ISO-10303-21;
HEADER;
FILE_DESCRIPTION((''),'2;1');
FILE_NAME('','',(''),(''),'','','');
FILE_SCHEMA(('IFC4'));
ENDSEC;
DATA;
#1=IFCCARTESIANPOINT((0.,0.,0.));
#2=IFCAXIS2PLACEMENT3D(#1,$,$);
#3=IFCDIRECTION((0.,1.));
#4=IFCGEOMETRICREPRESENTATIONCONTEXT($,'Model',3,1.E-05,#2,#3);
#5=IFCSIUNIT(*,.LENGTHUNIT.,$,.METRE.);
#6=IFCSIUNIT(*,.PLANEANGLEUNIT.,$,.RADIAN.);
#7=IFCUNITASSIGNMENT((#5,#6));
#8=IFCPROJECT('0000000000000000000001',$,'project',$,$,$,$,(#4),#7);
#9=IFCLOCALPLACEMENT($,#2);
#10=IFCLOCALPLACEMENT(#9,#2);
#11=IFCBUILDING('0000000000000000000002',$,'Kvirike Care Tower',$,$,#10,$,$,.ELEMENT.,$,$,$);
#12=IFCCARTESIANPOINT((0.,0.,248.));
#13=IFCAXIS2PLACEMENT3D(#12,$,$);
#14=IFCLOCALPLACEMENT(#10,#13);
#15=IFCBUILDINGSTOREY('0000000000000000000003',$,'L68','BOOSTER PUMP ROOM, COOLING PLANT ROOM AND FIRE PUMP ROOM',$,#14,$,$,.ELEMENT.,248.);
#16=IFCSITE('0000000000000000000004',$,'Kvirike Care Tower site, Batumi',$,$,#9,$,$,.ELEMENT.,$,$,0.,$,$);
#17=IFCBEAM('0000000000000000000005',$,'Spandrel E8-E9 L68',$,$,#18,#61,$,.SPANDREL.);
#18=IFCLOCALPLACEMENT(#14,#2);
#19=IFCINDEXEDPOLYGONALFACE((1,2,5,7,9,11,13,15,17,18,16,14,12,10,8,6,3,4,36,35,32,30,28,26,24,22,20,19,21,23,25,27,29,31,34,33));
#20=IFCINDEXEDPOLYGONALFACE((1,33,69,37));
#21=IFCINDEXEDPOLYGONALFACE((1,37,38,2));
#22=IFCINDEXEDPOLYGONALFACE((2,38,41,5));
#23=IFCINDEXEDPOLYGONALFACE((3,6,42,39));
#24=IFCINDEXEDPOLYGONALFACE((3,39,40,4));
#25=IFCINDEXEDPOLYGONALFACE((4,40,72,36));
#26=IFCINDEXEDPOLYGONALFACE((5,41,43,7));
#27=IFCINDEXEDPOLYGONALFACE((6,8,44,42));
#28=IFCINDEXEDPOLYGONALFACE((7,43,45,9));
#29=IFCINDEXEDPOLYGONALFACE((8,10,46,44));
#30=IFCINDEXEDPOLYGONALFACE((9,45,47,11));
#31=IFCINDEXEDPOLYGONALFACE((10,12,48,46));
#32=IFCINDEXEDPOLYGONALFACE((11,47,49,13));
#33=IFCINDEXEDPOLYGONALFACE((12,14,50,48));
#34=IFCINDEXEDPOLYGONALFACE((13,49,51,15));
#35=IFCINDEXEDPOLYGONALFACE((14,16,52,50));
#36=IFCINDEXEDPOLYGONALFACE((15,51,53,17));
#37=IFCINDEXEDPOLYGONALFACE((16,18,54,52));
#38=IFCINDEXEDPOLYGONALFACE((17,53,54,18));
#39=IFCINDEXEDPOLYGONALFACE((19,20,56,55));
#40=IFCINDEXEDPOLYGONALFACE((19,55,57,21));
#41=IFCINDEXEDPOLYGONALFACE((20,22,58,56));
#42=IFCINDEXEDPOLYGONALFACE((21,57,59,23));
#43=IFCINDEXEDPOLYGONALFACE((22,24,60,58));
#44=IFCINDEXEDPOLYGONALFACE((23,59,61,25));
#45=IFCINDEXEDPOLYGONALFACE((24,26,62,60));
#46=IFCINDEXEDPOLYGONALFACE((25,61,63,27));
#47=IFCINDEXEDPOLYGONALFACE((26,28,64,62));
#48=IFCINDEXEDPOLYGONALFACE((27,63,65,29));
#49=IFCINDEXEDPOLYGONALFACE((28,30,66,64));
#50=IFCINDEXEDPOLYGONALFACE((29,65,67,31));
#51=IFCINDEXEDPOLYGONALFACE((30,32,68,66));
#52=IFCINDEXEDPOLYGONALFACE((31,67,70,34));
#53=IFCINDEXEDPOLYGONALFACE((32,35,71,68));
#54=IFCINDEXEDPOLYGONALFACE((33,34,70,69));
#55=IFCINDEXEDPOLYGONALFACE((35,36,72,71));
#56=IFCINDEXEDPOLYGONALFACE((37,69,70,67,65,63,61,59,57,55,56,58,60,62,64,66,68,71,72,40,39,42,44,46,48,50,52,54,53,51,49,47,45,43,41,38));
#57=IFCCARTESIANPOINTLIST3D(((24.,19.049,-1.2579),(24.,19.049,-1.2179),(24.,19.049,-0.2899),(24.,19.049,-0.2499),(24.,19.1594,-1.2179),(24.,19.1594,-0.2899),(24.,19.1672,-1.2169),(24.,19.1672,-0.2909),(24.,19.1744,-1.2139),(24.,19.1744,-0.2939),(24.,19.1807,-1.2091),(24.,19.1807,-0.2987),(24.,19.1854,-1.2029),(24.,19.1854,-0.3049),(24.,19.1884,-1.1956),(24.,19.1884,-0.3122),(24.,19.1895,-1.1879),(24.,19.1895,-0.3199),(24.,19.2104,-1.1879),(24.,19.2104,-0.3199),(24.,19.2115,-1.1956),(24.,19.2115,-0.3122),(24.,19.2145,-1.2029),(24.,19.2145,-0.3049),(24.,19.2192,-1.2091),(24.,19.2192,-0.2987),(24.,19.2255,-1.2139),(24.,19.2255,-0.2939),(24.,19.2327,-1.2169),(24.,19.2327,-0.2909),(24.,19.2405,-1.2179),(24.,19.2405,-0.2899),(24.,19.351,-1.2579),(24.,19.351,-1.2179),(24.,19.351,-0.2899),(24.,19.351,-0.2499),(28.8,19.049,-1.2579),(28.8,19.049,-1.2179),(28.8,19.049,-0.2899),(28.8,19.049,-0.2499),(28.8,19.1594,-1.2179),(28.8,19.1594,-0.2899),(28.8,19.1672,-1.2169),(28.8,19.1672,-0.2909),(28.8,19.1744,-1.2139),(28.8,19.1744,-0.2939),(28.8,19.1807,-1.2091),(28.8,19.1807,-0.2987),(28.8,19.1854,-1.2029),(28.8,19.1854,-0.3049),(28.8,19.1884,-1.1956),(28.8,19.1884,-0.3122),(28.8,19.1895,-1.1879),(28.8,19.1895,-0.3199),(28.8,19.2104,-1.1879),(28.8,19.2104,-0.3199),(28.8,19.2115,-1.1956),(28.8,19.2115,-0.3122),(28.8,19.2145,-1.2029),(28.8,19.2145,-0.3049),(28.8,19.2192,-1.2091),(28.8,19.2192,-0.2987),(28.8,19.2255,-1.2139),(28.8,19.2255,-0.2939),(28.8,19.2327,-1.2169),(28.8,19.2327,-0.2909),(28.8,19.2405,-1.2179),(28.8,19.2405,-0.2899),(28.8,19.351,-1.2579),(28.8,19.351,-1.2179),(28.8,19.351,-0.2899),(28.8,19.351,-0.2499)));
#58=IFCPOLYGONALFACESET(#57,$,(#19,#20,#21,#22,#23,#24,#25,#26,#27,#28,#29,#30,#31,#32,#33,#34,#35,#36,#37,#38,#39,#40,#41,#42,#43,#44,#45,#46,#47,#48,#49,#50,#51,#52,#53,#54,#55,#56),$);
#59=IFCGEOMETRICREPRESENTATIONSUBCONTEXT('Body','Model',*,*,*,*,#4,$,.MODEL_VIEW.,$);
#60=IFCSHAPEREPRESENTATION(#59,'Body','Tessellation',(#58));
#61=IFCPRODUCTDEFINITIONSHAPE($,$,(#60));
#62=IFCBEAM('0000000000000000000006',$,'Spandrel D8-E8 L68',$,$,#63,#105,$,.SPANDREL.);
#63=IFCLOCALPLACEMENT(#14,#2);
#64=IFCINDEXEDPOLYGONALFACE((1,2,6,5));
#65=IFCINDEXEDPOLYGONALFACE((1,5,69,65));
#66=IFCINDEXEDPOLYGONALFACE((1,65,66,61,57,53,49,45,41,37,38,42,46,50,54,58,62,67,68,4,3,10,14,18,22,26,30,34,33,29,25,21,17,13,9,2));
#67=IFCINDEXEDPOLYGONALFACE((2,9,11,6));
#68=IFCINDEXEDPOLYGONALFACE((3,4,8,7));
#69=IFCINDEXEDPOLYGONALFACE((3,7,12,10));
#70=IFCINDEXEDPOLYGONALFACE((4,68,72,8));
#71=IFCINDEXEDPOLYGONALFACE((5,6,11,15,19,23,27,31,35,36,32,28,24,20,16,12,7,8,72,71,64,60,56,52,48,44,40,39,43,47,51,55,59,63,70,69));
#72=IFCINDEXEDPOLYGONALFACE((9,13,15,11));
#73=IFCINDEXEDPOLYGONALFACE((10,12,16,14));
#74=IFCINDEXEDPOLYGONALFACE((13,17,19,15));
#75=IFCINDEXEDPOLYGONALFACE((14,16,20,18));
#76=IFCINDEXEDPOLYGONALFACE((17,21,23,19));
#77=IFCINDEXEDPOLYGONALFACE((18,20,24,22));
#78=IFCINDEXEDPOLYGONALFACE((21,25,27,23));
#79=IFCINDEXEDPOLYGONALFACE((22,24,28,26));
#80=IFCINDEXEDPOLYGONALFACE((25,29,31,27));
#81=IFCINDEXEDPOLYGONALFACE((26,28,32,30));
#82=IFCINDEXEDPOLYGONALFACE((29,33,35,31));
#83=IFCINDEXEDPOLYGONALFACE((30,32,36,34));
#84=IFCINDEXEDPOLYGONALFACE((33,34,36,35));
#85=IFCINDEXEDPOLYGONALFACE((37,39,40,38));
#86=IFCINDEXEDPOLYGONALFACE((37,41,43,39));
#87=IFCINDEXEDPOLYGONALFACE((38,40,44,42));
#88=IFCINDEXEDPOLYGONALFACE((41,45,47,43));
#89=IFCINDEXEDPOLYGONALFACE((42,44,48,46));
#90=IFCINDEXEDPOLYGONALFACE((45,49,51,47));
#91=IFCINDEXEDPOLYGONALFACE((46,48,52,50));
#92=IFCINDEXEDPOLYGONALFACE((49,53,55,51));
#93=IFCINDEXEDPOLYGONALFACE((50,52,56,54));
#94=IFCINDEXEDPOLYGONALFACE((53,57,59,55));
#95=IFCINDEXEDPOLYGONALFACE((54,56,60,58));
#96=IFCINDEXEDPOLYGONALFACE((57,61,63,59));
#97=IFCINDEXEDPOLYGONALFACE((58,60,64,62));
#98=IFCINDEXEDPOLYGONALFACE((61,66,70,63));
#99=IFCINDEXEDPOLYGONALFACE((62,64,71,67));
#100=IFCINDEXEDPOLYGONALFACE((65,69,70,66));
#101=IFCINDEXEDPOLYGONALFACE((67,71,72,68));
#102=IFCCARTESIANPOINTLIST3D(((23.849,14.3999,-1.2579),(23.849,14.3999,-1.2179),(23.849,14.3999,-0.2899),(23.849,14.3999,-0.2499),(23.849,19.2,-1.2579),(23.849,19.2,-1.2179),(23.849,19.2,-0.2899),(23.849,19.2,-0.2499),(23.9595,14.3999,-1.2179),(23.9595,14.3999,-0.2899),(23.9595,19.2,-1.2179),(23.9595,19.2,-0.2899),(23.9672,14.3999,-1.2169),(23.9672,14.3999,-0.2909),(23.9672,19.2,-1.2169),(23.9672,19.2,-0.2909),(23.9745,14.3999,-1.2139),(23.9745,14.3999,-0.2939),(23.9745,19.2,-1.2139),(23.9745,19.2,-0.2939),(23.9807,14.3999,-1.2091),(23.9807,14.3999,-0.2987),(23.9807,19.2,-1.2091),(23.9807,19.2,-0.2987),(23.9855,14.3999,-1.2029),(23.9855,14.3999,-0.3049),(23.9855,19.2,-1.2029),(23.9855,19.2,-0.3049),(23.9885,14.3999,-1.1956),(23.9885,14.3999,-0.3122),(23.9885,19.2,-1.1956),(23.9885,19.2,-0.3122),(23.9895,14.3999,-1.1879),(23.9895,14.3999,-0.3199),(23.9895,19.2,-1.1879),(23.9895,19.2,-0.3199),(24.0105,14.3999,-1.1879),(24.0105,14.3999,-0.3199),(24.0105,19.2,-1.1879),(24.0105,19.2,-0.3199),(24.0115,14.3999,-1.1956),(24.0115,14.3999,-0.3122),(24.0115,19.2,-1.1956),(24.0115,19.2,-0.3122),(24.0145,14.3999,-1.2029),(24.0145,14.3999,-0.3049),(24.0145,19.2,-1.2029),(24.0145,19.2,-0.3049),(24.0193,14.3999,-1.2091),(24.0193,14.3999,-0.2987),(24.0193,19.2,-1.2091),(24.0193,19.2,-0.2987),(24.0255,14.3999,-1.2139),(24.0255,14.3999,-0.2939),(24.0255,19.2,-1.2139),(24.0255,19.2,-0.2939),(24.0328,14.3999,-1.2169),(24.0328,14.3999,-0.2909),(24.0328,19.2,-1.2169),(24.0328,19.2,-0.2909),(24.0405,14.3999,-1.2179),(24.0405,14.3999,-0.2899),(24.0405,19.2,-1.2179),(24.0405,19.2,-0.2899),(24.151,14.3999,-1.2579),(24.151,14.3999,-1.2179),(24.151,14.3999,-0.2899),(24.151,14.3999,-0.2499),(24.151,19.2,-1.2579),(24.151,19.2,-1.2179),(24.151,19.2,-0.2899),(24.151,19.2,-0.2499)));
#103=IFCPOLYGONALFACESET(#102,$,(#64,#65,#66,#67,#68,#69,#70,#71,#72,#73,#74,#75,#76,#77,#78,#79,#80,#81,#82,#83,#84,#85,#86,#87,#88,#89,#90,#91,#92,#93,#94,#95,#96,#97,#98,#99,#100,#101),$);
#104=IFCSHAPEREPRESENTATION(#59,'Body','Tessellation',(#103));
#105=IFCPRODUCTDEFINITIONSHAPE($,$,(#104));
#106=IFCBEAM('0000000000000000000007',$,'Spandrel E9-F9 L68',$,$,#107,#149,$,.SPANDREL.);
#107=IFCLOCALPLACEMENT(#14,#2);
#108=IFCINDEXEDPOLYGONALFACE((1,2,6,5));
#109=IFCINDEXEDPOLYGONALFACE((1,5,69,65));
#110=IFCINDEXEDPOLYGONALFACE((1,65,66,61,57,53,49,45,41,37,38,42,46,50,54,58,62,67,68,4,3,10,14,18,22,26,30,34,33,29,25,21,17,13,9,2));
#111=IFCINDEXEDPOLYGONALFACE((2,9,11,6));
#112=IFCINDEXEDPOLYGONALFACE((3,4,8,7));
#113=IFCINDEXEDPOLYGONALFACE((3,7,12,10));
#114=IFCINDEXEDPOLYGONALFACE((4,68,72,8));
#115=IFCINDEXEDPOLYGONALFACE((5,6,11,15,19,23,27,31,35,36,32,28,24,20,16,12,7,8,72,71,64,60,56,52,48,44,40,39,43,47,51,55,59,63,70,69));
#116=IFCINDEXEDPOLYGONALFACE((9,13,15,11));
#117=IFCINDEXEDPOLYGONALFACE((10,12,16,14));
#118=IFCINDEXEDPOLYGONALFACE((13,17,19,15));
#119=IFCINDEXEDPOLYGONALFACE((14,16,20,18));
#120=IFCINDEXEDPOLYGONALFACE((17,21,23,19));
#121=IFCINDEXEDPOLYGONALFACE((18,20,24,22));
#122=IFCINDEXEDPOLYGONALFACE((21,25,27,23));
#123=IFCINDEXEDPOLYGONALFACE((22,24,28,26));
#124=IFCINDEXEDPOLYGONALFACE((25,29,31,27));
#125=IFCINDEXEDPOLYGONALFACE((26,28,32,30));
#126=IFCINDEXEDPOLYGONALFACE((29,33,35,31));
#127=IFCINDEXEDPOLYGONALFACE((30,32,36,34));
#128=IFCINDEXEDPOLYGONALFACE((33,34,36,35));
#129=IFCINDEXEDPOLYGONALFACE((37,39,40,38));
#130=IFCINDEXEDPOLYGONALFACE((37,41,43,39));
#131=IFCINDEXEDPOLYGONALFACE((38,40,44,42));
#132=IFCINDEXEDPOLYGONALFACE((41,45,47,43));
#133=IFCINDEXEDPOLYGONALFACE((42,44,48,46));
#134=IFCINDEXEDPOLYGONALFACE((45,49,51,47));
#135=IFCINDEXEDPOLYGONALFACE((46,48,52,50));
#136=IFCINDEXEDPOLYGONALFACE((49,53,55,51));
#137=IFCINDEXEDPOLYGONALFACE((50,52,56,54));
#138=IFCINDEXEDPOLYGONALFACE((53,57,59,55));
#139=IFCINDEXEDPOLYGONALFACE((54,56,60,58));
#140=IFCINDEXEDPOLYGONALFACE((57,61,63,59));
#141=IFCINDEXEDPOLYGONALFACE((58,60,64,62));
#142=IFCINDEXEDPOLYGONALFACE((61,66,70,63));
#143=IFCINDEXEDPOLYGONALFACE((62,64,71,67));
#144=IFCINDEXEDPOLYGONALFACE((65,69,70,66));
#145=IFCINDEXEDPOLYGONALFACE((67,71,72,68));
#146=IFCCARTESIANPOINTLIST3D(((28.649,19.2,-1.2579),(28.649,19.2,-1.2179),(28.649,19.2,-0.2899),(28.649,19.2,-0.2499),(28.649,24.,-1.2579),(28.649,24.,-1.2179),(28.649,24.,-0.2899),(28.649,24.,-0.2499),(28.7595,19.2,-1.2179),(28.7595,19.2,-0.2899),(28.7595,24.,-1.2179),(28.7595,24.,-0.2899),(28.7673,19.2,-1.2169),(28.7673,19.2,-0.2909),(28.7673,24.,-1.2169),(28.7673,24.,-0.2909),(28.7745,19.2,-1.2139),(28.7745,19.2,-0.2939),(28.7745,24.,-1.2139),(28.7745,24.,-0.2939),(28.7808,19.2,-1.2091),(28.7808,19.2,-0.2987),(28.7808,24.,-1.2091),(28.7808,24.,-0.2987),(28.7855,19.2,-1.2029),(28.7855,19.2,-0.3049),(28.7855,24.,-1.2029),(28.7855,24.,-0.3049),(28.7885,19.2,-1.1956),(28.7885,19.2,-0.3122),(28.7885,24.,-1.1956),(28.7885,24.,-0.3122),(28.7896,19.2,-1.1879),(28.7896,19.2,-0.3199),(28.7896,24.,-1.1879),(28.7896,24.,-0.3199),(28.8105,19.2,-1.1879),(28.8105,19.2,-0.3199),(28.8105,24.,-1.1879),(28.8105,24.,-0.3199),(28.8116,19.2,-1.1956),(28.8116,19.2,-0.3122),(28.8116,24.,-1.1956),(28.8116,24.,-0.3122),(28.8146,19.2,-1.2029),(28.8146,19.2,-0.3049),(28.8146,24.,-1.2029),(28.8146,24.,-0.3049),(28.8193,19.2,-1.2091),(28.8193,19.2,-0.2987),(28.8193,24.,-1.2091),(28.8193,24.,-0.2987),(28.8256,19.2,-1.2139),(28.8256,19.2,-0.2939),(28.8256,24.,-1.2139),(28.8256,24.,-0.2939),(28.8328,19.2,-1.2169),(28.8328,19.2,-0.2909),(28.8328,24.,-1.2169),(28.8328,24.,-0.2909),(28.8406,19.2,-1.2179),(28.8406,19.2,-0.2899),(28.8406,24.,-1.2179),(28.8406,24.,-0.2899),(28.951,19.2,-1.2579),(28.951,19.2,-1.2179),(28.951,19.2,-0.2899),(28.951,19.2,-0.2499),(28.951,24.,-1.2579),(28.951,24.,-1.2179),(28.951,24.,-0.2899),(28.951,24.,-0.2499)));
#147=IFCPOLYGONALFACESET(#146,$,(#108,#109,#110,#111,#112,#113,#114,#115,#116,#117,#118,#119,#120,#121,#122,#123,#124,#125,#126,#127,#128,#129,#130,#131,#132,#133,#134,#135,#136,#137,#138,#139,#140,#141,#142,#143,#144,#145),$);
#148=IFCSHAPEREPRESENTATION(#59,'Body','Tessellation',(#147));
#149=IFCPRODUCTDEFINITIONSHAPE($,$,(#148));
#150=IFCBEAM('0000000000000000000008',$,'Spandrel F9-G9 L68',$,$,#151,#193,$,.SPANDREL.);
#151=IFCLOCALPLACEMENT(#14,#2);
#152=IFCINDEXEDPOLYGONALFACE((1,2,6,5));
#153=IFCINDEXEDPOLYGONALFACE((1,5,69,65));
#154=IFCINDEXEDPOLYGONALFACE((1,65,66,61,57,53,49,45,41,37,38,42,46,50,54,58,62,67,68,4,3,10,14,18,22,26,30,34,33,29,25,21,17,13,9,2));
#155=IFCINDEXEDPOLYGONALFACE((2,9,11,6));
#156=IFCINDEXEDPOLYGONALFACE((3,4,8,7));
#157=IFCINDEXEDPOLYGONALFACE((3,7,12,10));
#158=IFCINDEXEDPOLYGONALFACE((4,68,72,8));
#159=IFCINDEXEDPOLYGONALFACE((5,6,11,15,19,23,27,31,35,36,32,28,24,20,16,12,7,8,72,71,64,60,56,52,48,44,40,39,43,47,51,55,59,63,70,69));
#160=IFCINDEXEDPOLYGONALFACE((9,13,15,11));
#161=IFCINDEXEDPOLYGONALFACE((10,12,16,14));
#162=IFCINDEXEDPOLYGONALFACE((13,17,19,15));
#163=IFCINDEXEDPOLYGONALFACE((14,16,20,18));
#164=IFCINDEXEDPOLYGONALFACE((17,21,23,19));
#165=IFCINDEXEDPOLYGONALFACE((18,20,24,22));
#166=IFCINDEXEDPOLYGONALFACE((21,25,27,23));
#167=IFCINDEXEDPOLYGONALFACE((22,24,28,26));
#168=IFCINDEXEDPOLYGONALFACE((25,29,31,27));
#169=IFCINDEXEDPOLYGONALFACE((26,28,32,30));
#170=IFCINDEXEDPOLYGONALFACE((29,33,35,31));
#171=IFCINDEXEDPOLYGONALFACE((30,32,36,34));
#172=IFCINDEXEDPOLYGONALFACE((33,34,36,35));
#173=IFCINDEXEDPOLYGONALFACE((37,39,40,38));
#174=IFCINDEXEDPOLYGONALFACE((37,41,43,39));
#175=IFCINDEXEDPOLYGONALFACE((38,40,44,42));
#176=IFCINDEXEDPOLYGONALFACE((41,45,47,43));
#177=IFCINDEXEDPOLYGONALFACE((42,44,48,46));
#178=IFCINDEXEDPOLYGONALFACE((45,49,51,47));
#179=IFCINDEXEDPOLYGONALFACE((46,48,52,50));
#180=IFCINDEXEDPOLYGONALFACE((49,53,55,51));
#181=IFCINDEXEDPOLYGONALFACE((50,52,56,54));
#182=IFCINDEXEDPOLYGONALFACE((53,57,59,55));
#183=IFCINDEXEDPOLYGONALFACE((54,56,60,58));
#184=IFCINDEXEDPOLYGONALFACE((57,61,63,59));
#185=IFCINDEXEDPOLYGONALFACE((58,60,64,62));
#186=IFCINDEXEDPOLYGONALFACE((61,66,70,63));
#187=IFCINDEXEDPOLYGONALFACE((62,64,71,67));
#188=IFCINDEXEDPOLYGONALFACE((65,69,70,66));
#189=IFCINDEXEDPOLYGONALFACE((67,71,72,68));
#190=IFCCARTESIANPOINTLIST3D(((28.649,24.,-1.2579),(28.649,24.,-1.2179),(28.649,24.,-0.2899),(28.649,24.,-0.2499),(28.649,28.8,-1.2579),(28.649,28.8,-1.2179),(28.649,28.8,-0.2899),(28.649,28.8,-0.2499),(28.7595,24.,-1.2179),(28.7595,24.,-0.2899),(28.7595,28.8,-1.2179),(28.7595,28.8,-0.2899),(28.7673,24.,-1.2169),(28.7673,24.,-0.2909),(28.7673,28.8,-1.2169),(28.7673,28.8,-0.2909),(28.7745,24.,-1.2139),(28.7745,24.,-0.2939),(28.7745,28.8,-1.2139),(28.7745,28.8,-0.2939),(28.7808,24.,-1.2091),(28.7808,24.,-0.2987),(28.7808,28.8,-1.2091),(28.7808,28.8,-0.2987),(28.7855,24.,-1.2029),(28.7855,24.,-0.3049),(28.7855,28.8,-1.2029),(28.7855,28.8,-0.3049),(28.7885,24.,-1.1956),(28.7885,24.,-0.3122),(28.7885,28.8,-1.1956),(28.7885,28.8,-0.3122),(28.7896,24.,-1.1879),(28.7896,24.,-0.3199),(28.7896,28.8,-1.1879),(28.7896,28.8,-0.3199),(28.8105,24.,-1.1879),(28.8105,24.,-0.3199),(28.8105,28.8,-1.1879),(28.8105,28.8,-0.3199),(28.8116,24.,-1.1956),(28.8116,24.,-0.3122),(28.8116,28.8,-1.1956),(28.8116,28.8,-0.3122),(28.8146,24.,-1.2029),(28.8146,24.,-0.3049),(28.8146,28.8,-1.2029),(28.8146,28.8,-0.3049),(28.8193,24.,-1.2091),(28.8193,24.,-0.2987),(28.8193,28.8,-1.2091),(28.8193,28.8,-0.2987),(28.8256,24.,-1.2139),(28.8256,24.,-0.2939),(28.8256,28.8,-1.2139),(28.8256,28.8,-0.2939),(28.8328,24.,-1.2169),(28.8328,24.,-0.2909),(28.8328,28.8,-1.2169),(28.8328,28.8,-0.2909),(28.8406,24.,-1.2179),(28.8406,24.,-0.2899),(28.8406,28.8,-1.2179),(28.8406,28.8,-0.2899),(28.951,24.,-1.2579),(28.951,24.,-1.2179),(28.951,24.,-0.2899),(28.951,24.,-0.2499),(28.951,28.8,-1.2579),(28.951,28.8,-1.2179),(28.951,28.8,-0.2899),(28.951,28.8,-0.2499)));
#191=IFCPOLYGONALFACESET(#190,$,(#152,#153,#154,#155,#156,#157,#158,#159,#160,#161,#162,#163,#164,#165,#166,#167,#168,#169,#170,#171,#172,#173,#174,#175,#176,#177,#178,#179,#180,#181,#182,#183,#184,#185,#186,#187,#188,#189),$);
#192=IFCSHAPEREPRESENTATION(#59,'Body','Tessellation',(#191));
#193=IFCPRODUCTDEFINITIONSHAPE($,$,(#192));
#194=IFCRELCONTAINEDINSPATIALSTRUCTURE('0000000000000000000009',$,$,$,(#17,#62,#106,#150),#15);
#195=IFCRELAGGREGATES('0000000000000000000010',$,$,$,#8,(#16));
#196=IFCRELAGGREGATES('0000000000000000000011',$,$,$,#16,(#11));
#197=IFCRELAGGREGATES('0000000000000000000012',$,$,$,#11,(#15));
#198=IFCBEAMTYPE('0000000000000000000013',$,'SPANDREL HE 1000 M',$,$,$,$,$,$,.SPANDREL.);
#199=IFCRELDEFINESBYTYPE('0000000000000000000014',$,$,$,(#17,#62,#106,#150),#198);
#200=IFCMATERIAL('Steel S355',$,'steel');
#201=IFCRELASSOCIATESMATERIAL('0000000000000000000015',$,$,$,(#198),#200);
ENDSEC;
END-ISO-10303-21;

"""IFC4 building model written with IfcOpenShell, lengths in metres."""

from ifc_helpers import new_model, si_unit, direction, frame, origin, origin_2d, place, context, subcontext, project, spatial, i_section, extrude, material, material_profile, profile_set, type_object, element, save


model = new_model("IFC4")

# Units and contexts
model_context = context("Model", 3, precision=1e-05, world=origin(), true_north=direction((0.0, 1.0)))
body_context = subcontext(model_context, "Body", "Model", "MODEL_VIEW")
ifc_project = project(units=[si_unit("LENGTHUNIT", "METRE"), si_unit("PLANEANGLEUNIT", "RADIAN")], contexts=[model_context])

# Site, building, storey
site_placement = place(None, origin())
site = spatial("IfcSite", under=ifc_project, at=site_placement, Name="Kvirike Care Tower site, Batumi", CompositionType="ELEMENT", RefElevation=0.0)
building_placement = place(site_placement, origin())
building = spatial("IfcBuilding", under=site, at=building_placement, Name="Kvirike Care Tower", CompositionType="ELEMENT")
storey_placement = place(building_placement, frame((0.0, 0.0, 248.0)))
storey = spatial("IfcBuildingStorey", under=building, at=storey_placement, Name="L68", Description="BOOSTER PUMP ROOM, COOLING PLANT ROOM AND FIRE PUMP ROOM", CompositionType="ELEMENT", Elevation=248.0)

# Beams
ifc_material_1 = material(Name="Steel S355", Category="steel")
ifc_material_profile_1 = material_profile(ifc_material_1, i_section(OverallWidth=0.302, OverallDepth=1.0081, WebThickness=0.021, FlangeThickness=0.04, FilletRadius=0.03, at=origin_2d()), Name="HE 1000 M")
ifc_profile_set_1 = profile_set([ifc_material_profile_1], Name="Steel S355")
beam_type = type_object("IfcBeamType", Name="SPANDREL HE 1000 M", PredefinedType="SPANDREL", material=ifc_profile_set_1)
for number, where, z_axis, x_axis, name in (
    (1, (24.0, 19.2, -0.7539), (1.0, 0.0, 0.0), (0.0, 1.0, 0.0), "Spandrel E8-E9 L68"),
    (2, (24.0, 14.3999, -0.7539), (0.0, 1.0, 0.0), (-1.0, 0.0, 0.0), "Spandrel D8-E8 L68"),
    (3, (28.8, 19.2, -0.7539), (0.0, 1.0, 0.0), (-1.0, 0.0, 0.0), "Spandrel E9-F9 L68"),
    (4, (28.8, 24.0, -0.7539), (0.0, 1.0, 0.0), (-1.0, 0.0, 0.0), "Spandrel F9-G9 L68"),
):
    element("IfcBeam", number, at=place(storey_placement, frame(where, z_axis=z_axis, x_axis=x_axis)), inside=storey, type_object=beam_type, Name=name, PredefinedType="SPANDREL", context=body_context, shape_type="SweptSolid", body=[
        extrude(i_section(OverallWidth=0.302, OverallDepth=1.0081, WebThickness=0.021, FlangeThickness=0.04, FilletRadius=0.03, at=origin_2d()), origin(), (0.0, 0.0, 1.0), 4.8),
    ])

save(model, "model.ifc")
